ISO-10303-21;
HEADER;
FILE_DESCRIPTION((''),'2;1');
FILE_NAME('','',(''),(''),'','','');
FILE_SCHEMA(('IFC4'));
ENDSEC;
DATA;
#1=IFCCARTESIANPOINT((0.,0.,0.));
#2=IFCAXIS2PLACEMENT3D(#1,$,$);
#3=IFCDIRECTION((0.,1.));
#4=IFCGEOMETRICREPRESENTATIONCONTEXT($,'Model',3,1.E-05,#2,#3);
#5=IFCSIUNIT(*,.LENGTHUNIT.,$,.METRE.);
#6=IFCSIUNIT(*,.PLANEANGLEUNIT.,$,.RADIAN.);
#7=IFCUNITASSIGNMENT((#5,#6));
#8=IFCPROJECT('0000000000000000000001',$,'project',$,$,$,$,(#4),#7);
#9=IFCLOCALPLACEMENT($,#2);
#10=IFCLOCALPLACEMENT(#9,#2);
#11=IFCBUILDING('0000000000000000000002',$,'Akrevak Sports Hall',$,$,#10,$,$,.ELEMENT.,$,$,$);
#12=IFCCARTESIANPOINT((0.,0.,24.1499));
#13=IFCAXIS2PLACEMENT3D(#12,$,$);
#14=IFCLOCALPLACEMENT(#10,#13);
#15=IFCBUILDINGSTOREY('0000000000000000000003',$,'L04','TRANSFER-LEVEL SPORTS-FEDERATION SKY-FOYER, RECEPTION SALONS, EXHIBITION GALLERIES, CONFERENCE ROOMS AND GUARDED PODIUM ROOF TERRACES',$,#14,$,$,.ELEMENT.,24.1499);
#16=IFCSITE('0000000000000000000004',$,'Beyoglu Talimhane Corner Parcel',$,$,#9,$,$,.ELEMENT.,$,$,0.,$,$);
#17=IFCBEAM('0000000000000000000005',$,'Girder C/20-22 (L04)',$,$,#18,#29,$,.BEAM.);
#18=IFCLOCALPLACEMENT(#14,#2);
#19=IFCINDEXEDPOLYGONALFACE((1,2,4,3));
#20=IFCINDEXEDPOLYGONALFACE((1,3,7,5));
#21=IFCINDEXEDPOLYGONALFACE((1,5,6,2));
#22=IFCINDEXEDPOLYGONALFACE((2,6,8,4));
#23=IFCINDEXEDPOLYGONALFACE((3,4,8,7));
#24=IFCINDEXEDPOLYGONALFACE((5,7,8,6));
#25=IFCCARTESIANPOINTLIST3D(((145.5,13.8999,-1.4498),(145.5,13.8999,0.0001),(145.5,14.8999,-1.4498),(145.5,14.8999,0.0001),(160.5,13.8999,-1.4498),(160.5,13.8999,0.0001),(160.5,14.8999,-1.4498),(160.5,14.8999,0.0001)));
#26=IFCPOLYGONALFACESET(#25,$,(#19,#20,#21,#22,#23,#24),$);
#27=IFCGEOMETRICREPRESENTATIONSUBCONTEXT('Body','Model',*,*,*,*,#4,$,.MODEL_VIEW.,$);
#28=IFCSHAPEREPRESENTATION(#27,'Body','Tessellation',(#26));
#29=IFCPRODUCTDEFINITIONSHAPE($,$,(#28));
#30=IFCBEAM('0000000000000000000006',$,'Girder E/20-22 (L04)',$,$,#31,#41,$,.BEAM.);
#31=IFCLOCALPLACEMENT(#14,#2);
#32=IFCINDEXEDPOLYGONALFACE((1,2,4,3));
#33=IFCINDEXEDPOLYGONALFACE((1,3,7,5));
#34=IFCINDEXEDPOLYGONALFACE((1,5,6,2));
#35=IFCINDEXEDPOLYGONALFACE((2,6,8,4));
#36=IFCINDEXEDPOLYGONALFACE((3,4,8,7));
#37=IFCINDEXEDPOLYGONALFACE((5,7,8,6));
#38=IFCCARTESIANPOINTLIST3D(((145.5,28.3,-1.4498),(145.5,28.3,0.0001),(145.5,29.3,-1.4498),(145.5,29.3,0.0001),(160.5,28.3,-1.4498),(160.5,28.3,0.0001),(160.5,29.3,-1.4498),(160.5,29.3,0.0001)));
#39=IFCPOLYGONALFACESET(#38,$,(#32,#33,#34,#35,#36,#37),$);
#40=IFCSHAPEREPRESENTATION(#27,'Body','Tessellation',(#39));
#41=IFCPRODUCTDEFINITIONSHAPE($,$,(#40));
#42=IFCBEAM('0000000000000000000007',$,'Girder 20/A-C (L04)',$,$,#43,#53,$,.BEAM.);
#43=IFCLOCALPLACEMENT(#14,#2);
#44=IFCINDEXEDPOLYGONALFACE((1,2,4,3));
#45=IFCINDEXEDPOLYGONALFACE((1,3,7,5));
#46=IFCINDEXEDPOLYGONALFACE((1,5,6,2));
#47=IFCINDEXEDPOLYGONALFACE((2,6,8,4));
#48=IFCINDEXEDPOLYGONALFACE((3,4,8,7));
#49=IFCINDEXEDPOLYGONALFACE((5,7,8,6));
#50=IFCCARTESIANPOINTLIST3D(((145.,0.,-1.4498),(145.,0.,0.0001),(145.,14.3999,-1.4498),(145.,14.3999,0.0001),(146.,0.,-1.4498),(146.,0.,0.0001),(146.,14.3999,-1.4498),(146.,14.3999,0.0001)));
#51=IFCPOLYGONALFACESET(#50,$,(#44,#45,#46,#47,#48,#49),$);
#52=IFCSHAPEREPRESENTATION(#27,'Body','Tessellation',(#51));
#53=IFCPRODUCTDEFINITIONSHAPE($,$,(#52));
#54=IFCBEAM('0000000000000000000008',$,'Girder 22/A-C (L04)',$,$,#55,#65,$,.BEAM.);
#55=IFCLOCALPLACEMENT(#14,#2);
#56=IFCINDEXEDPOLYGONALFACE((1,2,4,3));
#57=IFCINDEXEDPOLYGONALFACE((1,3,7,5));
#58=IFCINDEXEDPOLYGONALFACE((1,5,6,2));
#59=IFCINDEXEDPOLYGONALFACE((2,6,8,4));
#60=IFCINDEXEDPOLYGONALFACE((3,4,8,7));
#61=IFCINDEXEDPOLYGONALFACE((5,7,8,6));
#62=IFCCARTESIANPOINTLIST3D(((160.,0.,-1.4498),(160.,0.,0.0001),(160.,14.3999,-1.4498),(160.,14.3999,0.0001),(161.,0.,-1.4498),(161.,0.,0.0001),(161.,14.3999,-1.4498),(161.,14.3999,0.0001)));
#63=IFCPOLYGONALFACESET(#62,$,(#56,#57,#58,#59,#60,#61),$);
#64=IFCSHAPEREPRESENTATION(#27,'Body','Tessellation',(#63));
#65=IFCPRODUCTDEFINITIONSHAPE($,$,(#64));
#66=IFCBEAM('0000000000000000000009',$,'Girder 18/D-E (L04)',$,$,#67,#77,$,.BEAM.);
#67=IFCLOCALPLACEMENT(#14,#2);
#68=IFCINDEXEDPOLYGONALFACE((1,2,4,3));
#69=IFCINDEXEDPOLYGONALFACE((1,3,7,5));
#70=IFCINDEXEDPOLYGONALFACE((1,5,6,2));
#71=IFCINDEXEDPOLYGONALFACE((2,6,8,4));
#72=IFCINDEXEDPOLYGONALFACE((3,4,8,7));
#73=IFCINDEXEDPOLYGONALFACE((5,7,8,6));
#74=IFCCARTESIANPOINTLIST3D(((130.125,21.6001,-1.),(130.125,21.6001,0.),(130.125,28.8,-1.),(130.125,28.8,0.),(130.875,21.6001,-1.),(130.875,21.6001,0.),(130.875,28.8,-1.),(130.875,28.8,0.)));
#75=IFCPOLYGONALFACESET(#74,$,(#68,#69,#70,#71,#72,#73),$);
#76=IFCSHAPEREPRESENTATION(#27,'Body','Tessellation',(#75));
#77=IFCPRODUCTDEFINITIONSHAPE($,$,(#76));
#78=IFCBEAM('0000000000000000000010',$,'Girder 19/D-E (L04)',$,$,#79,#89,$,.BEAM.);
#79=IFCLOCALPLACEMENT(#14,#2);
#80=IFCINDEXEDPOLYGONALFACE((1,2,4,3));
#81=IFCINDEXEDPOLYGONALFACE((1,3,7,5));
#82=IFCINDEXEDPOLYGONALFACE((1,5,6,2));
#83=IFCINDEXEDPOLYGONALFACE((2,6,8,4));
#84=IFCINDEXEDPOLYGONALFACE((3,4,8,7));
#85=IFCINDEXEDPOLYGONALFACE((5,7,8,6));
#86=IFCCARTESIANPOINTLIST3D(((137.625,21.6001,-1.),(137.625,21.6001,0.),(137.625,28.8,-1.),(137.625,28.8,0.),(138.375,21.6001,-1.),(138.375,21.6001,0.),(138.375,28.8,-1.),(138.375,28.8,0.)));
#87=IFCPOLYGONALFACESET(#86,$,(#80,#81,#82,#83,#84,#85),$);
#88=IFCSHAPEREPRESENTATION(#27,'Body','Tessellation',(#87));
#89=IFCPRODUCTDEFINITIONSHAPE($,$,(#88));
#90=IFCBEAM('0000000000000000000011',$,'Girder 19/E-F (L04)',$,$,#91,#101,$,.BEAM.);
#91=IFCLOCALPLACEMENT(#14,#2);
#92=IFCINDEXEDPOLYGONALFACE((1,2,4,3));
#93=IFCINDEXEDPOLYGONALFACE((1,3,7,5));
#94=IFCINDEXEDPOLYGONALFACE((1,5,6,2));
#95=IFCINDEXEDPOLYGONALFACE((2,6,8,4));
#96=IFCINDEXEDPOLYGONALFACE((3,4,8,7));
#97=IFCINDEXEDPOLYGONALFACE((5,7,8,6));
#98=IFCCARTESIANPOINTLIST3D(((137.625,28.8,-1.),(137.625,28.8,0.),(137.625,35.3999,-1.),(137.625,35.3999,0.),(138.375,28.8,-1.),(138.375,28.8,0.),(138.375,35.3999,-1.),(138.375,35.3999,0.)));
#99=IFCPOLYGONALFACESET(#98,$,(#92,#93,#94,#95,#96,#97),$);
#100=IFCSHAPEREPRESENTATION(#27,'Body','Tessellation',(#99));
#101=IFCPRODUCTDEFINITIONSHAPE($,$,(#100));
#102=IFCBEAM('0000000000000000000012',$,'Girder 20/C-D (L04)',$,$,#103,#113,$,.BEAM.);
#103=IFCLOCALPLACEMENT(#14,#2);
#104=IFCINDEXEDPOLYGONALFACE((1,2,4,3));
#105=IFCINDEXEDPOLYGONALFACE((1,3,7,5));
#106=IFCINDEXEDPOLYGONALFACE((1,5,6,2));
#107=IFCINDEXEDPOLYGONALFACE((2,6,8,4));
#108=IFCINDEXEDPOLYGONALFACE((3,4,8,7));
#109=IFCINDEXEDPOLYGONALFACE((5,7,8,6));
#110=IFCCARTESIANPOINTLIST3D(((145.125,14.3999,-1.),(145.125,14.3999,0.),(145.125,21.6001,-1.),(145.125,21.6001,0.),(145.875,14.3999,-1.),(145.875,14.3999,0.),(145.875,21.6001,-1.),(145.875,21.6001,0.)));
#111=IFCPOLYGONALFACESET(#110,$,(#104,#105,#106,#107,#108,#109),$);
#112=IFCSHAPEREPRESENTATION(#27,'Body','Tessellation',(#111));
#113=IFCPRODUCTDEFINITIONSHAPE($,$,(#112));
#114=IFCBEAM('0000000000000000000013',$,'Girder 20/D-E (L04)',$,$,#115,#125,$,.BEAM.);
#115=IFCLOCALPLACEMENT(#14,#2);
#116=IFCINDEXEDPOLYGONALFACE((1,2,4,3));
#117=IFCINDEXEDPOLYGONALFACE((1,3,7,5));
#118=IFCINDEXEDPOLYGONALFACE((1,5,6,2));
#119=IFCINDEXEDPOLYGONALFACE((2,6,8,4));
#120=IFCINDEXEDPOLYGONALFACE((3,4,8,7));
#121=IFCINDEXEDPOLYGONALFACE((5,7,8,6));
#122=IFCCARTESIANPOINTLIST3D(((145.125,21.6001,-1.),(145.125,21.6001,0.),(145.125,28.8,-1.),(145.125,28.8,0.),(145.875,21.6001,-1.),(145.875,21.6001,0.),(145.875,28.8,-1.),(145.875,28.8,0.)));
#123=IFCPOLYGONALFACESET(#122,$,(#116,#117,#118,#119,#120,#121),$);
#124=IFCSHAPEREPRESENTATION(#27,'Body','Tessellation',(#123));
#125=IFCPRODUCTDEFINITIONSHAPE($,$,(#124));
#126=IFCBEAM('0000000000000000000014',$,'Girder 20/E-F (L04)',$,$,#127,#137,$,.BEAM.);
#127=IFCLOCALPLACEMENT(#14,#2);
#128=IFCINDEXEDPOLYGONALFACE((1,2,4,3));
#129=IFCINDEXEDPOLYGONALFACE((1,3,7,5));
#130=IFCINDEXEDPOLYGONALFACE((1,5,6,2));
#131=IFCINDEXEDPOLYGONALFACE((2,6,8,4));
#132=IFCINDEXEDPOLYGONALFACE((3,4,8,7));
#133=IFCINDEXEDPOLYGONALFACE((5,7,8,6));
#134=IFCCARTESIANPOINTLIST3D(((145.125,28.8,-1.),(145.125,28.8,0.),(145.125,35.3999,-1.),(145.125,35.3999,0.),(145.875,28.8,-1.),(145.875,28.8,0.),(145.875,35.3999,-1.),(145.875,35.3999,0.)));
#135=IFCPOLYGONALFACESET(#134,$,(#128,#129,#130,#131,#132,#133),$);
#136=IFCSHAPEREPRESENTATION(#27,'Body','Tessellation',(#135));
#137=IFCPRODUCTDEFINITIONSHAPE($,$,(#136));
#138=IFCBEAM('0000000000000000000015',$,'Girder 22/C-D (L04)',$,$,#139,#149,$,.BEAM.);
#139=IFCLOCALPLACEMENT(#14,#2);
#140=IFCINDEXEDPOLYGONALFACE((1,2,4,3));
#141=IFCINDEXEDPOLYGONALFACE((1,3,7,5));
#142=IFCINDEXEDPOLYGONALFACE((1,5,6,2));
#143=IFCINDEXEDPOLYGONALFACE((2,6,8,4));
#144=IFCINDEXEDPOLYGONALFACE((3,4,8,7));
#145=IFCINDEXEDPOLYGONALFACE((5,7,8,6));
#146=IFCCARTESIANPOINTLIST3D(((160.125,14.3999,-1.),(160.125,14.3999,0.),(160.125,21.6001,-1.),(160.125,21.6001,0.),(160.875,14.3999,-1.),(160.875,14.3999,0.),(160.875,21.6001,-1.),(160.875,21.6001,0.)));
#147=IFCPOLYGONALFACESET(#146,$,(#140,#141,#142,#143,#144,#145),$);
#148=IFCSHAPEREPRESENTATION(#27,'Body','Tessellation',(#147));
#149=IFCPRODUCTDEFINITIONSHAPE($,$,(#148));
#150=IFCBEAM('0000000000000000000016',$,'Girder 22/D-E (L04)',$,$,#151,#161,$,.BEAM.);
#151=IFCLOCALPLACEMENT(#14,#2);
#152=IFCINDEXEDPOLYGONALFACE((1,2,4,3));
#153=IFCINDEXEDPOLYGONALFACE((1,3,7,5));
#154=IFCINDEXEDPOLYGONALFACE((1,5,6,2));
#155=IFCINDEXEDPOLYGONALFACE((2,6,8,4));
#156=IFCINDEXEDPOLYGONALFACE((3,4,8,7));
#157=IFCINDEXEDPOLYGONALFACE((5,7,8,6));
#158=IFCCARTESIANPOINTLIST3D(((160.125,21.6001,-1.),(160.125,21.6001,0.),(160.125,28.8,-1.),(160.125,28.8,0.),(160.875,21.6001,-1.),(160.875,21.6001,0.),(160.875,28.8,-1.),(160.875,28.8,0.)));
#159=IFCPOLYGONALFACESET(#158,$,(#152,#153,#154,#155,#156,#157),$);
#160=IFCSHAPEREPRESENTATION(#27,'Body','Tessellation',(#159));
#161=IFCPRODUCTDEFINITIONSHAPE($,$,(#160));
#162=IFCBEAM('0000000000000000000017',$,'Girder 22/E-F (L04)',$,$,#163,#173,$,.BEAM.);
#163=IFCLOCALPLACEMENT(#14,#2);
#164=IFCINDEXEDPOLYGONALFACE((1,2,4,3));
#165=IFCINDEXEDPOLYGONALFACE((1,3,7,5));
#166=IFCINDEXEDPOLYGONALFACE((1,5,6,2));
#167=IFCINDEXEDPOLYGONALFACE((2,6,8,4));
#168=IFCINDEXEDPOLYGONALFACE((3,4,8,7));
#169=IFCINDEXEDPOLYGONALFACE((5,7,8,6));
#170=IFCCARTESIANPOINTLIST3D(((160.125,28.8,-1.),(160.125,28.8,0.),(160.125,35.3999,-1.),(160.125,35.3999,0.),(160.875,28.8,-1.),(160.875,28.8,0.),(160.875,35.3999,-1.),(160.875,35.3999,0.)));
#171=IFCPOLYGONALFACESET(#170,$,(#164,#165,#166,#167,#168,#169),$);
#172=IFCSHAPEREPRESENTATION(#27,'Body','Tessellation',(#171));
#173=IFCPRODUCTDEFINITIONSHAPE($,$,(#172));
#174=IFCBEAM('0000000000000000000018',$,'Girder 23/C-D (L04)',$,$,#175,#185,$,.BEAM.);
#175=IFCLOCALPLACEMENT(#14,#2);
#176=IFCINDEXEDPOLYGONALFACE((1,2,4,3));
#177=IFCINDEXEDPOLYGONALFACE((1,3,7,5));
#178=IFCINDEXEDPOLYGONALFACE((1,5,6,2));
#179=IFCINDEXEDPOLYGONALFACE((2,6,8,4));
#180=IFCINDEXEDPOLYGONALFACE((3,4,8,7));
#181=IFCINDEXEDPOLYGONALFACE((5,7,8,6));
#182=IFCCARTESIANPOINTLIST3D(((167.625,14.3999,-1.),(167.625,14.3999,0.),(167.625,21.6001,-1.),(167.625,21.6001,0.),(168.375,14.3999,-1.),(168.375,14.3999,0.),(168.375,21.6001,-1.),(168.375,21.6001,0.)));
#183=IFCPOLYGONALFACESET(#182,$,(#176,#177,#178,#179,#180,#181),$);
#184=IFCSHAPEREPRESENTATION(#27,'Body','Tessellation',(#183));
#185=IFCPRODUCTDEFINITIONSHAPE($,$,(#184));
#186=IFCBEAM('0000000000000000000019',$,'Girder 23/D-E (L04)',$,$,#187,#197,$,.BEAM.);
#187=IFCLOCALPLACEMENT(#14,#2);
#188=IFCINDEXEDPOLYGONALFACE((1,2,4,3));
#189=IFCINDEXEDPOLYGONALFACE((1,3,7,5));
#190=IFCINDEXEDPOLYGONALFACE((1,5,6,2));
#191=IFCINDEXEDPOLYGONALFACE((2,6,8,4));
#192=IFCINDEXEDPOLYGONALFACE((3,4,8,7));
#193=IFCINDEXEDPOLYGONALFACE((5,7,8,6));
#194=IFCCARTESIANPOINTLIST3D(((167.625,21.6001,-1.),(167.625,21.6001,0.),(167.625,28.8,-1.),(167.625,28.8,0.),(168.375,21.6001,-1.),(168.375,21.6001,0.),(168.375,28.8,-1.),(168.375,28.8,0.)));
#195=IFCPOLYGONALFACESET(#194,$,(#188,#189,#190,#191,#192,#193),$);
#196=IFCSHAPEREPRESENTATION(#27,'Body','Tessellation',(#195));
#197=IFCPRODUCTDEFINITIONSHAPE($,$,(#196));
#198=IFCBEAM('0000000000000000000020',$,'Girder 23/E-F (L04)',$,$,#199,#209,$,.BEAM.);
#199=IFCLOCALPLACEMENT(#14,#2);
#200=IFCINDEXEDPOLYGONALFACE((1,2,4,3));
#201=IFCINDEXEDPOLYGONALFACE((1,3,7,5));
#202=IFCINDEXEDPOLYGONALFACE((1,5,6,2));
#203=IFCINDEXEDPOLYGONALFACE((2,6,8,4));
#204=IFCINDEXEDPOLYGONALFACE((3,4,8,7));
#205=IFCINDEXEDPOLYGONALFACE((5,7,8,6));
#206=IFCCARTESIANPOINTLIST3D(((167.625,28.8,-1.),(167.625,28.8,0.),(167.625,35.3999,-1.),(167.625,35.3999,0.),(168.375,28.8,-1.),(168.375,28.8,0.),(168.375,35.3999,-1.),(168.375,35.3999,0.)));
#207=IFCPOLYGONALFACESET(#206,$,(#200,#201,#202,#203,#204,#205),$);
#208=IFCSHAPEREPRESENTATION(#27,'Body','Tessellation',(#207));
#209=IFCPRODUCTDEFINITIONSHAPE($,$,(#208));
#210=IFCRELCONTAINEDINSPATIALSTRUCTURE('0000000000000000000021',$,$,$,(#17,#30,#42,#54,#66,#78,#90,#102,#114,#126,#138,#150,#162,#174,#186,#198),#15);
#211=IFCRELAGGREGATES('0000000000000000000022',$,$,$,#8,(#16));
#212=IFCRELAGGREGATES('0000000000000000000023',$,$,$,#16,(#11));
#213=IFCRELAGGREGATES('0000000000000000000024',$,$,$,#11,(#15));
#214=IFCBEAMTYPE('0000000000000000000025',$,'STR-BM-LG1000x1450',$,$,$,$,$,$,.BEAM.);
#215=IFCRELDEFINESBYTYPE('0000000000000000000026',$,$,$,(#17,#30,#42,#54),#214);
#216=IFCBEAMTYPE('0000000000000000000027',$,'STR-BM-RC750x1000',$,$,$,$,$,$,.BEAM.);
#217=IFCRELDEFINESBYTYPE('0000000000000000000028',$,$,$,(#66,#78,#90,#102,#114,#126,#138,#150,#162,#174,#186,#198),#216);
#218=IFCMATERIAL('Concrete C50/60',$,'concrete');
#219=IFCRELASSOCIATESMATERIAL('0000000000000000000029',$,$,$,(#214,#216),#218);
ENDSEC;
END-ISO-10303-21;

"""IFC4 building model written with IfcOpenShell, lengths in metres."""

from ifc_helpers import new_model, si_unit, direction, frame, origin, origin_2d, place, context, subcontext, project, spatial, rectangle, extrude, material, material_profile, profile_set, type_object, element, save


model = new_model("IFC4")

# Units and contexts
model_context = context("Model", 3, precision=1e-05, world=origin(), true_north=direction((0.0, 1.0)))
body_context = subcontext(model_context, "Body", "Model", "MODEL_VIEW")
ifc_project = project(units=[si_unit("LENGTHUNIT", "METRE"), si_unit("PLANEANGLEUNIT", "RADIAN")], contexts=[model_context])

# Site, building, storey
site_placement = place(None, origin())
site = spatial("IfcSite", under=ifc_project, at=site_placement, Name="Beyoglu Talimhane Corner Parcel", CompositionType="ELEMENT", RefElevation=0.0)
building_placement = place(site_placement, origin())
building = spatial("IfcBuilding", under=site, at=building_placement, Name="Akrevak Sports Hall", CompositionType="ELEMENT")
storey_placement = place(building_placement, frame((0.0, 0.0, 24.1499)))
storey = spatial("IfcBuildingStorey", under=building, at=storey_placement, Name="L04", Description="TRANSFER-LEVEL SPORTS-FEDERATION SKY-FOYER, RECEPTION SALONS, EXHIBITION GALLERIES, CONFERENCE ROOMS AND GUARDED PODIUM ROOF TERRACES", CompositionType="ELEMENT", Elevation=24.1499)

# Beams
ifc_material_1 = material(Name="Concrete C50/60", Category="concrete")
ifc_material_profile_1 = material_profile(ifc_material_1, rectangle(XDim=1.0, YDim=1.45, at=origin_2d()), Name="BM 1000x1450", Category="concrete")
ifc_profile_set_1 = profile_set([ifc_material_profile_1], Name="Concrete C50/60")
beam_type_1 = type_object("IfcBeamType", Name="STR-BM-LG1000x1450", PredefinedType="BEAM", material=ifc_profile_set_1)
for number, where, z_axis, x_axis, name in (
    (1, (145.5, 14.3999, -0.7249), (1.0, 0.0, 0.0), (0.0, 1.0, 0.0), "Girder C/20-22 (L04)"),
    (2, (145.5, 28.8, -0.7249), (1.0, 0.0, 0.0), (0.0, 1.0, 0.0), "Girder E/20-22 (L04)"),
):
    element("IfcBeam", number, at=place(storey_placement, frame(where, z_axis=z_axis, x_axis=x_axis)), inside=storey, type_object=beam_type_1, Name=name, PredefinedType="BEAM", context=body_context, shape_type="SweptSolid", body=[
        extrude(rectangle(XDim=1.0, YDim=1.45, at=origin_2d()), origin(), (0.0, 0.0, 1.0), 15.0),
    ])
for number, where, z_axis, x_axis, name in (
    (3, (145.5, 0.0, -0.7249), (0.0, 1.0, 0.0), (-1.0, 0.0, 0.0), "Girder 20/A-C (L04)"),
    (4, (160.5, 0.0, -0.7249), (0.0, 1.0, 0.0), (-1.0, 0.0, 0.0), "Girder 22/A-C (L04)"),
):
    element("IfcBeam", number, at=place(storey_placement, frame(where, z_axis=z_axis, x_axis=x_axis)), inside=storey, type_object=beam_type_1, Name=name, PredefinedType="BEAM", context=body_context, shape_type="SweptSolid", body=[
        extrude(rectangle(XDim=1.0, YDim=1.45, at=origin_2d()), origin(), (0.0, 0.0, 1.0), 14.3999),
    ])
ifc_material_profile_2 = material_profile(ifc_material_1, rectangle(XDim=0.75, YDim=1.0, at=origin_2d()), Name="BM 750x1000", Category="concrete")
ifc_profile_set_2 = profile_set([ifc_material_profile_2], Name="Concrete C50/60")
beam_type_2 = type_object("IfcBeamType", Name="STR-BM-RC750x1000", PredefinedType="BEAM", material=ifc_profile_set_2)
for number, where, z_axis, x_axis, name in (
    (5, (130.5, 21.6001, -0.5), (0.0, 1.0, 0.0), (-1.0, 0.0, 0.0), "Girder 18/D-E (L04)"),
    (6, (138.0, 21.6001, -0.5), (0.0, 1.0, 0.0), (-1.0, 0.0, 0.0), "Girder 19/D-E (L04)"),
):
    element("IfcBeam", number, at=place(storey_placement, frame(where, z_axis=z_axis, x_axis=x_axis)), inside=storey, type_object=beam_type_2, Name=name, PredefinedType="BEAM", context=body_context, shape_type="SweptSolid", body=[
        extrude(rectangle(XDim=0.75, YDim=1.0, at=origin_2d()), origin(), (0.0, 0.0, 1.0), 7.2),
    ])
beam_1_placement = place(storey_placement, frame((138.0, 28.8, -0.5), z_axis=(0.0, 1.0, 0.0), x_axis=(-1.0, 0.0, 0.0)))
element("IfcBeam", 7, at=beam_1_placement, inside=storey, type_object=beam_type_2, Name="Girder 19/E-F (L04)", PredefinedType="BEAM", context=body_context, shape_type="SweptSolid", body=[
    extrude(rectangle(XDim=0.75, YDim=1.0, at=origin_2d()), origin(), (0.0, 0.0, 1.0), 6.5999),
])
beam_2_placement = place(storey_placement, frame((145.5, 14.3999, -0.5), z_axis=(0.0, 1.0, 0.0), x_axis=(-1.0, 0.0, 0.0)))
element("IfcBeam", 8, at=beam_2_placement, inside=storey, type_object=beam_type_2, Name="Girder 20/C-D (L04)", PredefinedType="BEAM", context=body_context, shape_type="SweptSolid", body=[
    extrude(rectangle(XDim=0.75, YDim=1.0, at=origin_2d()), origin(), (0.0, 0.0, 1.0), 7.2002),
])
beam_3_placement = place(storey_placement, frame((145.5, 21.6001, -0.5), z_axis=(0.0, 1.0, 0.0), x_axis=(-1.0, 0.0, 0.0)))
element("IfcBeam", 9, at=beam_3_placement, inside=storey, type_object=beam_type_2, Name="Girder 20/D-E (L04)", PredefinedType="BEAM", context=body_context, shape_type="SweptSolid", body=[
    extrude(rectangle(XDim=0.75, YDim=1.0, at=origin_2d()), origin(), (0.0, 0.0, 1.0), 7.2),
])
beam_4_placement = place(storey_placement, frame((145.5, 28.8, -0.5), z_axis=(0.0, 1.0, 0.0), x_axis=(-1.0, 0.0, 0.0)))
element("IfcBeam", 10, at=beam_4_placement, inside=storey, type_object=beam_type_2, Name="Girder 20/E-F (L04)", PredefinedType="BEAM", context=body_context, shape_type="SweptSolid", body=[
    extrude(rectangle(XDim=0.75, YDim=1.0, at=origin_2d()), origin(), (0.0, 0.0, 1.0), 6.5999),
])
beam_5_placement = place(storey_placement, frame((160.5, 14.3999, -0.5), z_axis=(0.0, 1.0, 0.0), x_axis=(-1.0, 0.0, 0.0)))
element("IfcBeam", 11, at=beam_5_placement, inside=storey, type_object=beam_type_2, Name="Girder 22/C-D (L04)", PredefinedType="BEAM", context=body_context, shape_type="SweptSolid", body=[
    extrude(rectangle(XDim=0.75, YDim=1.0, at=origin_2d()), origin(), (0.0, 0.0, 1.0), 7.2002),
])
beam_6_placement = place(storey_placement, frame((160.5, 21.6001, -0.5), z_axis=(0.0, 1.0, 0.0), x_axis=(-1.0, 0.0, 0.0)))
element("IfcBeam", 12, at=beam_6_placement, inside=storey, type_object=beam_type_2, Name="Girder 22/D-E (L04)", PredefinedType="BEAM", context=body_context, shape_type="SweptSolid", body=[
    extrude(rectangle(XDim=0.75, YDim=1.0, at=origin_2d()), origin(), (0.0, 0.0, 1.0), 7.2),
])
beam_7_placement = place(storey_placement, frame((160.5, 28.8, -0.5), z_axis=(0.0, 1.0, 0.0), x_axis=(-1.0, 0.0, 0.0)))
element("IfcBeam", 13, at=beam_7_placement, inside=storey, type_object=beam_type_2, Name="Girder 22/E-F (L04)", PredefinedType="BEAM", context=body_context, shape_type="SweptSolid", body=[
    extrude(rectangle(XDim=0.75, YDim=1.0, at=origin_2d()), origin(), (0.0, 0.0, 1.0), 6.5999),
])
beam_8_placement = place(storey_placement, frame((168.0, 14.3999, -0.5), z_axis=(0.0, 1.0, 0.0), x_axis=(-1.0, 0.0, 0.0)))
element("IfcBeam", 14, at=beam_8_placement, inside=storey, type_object=beam_type_2, Name="Girder 23/C-D (L04)", PredefinedType="BEAM", context=body_context, shape_type="SweptSolid", body=[
    extrude(rectangle(XDim=0.75, YDim=1.0, at=origin_2d()), origin(), (0.0, 0.0, 1.0), 7.2002),
])
beam_9_placement = place(storey_placement, frame((168.0, 21.6001, -0.5), z_axis=(0.0, 1.0, 0.0), x_axis=(-1.0, 0.0, 0.0)))
element("IfcBeam", 15, at=beam_9_placement, inside=storey, type_object=beam_type_2, Name="Girder 23/D-E (L04)", PredefinedType="BEAM", context=body_context, shape_type="SweptSolid", body=[
    extrude(rectangle(XDim=0.75, YDim=1.0, at=origin_2d()), origin(), (0.0, 0.0, 1.0), 7.2),
])
beam_10_placement = place(storey_placement, frame((168.0, 28.8, -0.5), z_axis=(0.0, 1.0, 0.0), x_axis=(-1.0, 0.0, 0.0)))
element("IfcBeam", 16, at=beam_10_placement, inside=storey, type_object=beam_type_2, Name="Girder 23/E-F (L04)", PredefinedType="BEAM", context=body_context, shape_type="SweptSolid", body=[
    extrude(rectangle(XDim=0.75, YDim=1.0, at=origin_2d()), origin(), (0.0, 0.0, 1.0), 6.5999),
])

save(model, "model.ifc")
